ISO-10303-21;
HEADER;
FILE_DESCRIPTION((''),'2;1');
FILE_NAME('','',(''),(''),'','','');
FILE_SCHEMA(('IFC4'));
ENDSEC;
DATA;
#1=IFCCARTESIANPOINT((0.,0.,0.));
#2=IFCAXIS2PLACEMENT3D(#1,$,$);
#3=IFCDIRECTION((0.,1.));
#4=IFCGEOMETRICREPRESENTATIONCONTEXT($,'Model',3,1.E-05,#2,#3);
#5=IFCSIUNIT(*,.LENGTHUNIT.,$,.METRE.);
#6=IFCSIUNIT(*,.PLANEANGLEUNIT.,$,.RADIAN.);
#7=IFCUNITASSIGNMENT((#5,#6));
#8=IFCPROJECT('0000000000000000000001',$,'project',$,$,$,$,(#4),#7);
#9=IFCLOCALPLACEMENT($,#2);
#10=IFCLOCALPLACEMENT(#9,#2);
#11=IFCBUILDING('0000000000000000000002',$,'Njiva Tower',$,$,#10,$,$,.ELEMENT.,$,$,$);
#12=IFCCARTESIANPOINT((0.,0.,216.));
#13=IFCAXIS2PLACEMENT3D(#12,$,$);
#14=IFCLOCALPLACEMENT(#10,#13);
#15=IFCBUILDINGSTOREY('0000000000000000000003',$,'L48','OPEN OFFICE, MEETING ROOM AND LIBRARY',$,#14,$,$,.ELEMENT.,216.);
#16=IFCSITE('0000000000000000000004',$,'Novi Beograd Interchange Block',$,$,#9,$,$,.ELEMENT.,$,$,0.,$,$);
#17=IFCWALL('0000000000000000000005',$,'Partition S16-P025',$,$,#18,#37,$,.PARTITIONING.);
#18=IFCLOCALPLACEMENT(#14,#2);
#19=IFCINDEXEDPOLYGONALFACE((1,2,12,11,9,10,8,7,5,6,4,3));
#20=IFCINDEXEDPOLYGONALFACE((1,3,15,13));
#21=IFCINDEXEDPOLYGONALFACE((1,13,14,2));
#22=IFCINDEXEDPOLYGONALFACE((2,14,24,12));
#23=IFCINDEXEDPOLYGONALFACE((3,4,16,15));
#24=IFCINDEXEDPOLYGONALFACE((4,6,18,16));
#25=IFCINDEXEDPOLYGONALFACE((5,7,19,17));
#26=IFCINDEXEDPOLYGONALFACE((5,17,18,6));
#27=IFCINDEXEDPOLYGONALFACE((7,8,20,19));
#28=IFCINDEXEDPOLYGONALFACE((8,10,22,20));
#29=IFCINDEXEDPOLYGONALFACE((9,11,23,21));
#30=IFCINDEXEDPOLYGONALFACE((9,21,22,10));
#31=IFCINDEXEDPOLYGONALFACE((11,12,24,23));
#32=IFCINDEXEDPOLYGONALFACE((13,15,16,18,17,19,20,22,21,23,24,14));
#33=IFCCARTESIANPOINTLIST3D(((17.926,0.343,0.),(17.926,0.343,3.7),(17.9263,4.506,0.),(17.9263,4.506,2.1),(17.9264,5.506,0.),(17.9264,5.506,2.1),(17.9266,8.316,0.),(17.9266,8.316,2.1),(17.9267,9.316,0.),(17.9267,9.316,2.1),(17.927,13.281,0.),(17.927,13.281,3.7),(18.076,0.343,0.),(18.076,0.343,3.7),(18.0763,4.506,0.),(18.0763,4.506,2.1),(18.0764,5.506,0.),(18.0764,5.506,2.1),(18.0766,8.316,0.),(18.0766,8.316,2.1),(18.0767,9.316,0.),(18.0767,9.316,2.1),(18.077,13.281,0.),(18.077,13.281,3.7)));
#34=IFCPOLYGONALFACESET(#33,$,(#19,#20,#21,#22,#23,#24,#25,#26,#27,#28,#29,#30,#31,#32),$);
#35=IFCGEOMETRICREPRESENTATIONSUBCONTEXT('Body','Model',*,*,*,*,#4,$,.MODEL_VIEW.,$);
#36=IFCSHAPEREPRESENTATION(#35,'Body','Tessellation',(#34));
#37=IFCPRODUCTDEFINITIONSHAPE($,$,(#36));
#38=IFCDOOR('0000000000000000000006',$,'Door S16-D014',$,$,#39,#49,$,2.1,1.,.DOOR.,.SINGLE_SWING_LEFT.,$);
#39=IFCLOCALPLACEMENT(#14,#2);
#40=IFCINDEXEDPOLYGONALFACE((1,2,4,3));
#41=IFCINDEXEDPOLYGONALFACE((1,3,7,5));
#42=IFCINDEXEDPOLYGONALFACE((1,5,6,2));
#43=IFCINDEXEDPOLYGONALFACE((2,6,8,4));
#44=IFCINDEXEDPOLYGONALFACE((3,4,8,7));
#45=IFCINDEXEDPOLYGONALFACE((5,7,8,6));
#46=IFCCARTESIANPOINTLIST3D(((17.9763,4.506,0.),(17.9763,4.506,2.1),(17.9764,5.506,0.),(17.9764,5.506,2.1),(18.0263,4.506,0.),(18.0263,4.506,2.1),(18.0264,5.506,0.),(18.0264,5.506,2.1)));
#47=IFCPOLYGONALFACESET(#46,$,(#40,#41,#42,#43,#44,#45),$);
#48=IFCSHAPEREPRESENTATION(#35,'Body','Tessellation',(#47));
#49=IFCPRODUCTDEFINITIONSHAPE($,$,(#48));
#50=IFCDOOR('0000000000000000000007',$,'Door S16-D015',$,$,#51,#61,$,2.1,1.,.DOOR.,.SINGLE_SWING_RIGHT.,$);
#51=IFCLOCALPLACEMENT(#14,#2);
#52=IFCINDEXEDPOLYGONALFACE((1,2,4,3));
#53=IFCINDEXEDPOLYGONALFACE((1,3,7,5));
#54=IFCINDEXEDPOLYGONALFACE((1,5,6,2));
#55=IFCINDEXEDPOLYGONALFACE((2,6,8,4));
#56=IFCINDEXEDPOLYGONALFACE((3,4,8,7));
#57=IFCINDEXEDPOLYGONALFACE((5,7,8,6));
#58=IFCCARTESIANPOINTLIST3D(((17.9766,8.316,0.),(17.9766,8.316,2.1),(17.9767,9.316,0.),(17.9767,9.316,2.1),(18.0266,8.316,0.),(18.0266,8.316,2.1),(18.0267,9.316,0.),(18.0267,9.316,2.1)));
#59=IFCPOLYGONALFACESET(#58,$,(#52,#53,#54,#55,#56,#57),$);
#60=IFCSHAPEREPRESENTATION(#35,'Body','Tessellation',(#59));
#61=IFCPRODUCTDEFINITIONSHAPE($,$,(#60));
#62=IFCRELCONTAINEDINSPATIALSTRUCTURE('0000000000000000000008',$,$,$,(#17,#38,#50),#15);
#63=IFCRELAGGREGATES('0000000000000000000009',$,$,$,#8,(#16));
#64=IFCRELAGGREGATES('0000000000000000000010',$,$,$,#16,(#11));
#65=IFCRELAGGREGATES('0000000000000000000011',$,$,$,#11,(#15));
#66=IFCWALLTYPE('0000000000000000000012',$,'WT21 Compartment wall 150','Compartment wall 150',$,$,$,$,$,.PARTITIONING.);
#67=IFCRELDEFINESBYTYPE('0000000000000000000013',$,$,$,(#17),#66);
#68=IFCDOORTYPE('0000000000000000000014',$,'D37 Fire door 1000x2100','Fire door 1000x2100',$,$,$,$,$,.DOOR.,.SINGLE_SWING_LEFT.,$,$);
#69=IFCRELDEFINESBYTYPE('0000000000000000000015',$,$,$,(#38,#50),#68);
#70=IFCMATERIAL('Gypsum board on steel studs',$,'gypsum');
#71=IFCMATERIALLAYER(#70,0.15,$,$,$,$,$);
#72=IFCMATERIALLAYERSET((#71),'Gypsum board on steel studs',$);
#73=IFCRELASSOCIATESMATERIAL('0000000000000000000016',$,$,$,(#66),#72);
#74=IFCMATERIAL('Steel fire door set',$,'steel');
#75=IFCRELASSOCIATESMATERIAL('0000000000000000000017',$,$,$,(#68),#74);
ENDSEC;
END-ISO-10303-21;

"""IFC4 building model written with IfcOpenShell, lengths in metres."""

from ifc_helpers import new_model, si_unit, direction, frame, frame_2d, origin, place, context, subcontext, project, spatial, rectangle, extrude, material, layer, layer_set, type_object, element, fill, save


model = new_model("IFC4")

# Units and contexts
model_context = context("Model", 3, precision=1e-05, world=origin(), true_north=direction((0.0, 1.0)))
body_context = subcontext(model_context, "Body", "Model", "MODEL_VIEW")
ifc_project = project(units=[si_unit("LENGTHUNIT", "METRE"), si_unit("PLANEANGLEUNIT", "RADIAN")], contexts=[model_context])

# Site, building, storey
site_placement = place(None, origin())
site = spatial("IfcSite", under=ifc_project, at=site_placement, Name="Novi Beograd Interchange Block", CompositionType="ELEMENT", RefElevation=0.0)
building_placement = place(site_placement, origin())
building = spatial("IfcBuilding", under=site, at=building_placement, Name="Njiva Tower", CompositionType="ELEMENT")
storey_placement = place(building_placement, frame((0.0, 0.0, 216.0)))
storey = spatial("IfcBuildingStorey", under=building, at=storey_placement, Name="L48", Description="OPEN OFFICE, MEETING ROOM AND LIBRARY", CompositionType="ELEMENT", Elevation=216.0)

# Shared definitions
ifc_material_1 = material(Name="Gypsum board on steel studs", Category="gypsum")
ifc_layer = layer(ifc_material_1, 0.15)
ifc_layer_set = layer_set([ifc_layer], Name="Gypsum board on steel studs")
wall_type = type_object("IfcWallType", Name="WT21 Compartment wall 150", Description="Compartment wall 150", PredefinedType="PARTITIONING", material=ifc_layer_set)
ifc_material_2 = material(Name="Steel fire door set", Category="steel")
door_type = type_object("IfcDoorType", Name="D37 Fire door 1000x2100", Description="Fire door 1000x2100", OperationType="SINGLE_SWING_LEFT", PredefinedType="DOOR", material=ifc_material_2)

# Wall, openings, doors
wall_1_placement = place(storey_placement, frame((18.001, 0.343, 0.0), z_axis=(0.0, 0.0, 1.0), x_axis=(0.000077, 1.0, 0.0)))
wall_1 = element("IfcWall", 1, at=wall_1_placement, inside=storey, type_object=wall_type, Name="Partition S16-P025", PredefinedType="PARTITIONING", context=body_context, shape_type="SweptSolid", body=[
    extrude(rectangle(XDim=12.938, YDim=0.15, at=frame_2d((6.469, 0.0))), origin(), (0.0, 0.0, 1.0), 3.7),
])
opening_1_placement = place(wall_1_placement, frame((4.163, 0.0, 0.0)))
opening_1 = element("IfcOpeningElement", 2, at=opening_1_placement, cuts=wall_1, PredefinedType="OPENING", context=body_context, shape_type="SweptSolid", body=[
    extrude(rectangle(XDim=1.0, YDim=2.1, at=frame_2d((0.5, 1.05))), frame((0.0, 0.085, 0.0), z_axis=(0.0, -1.0, 0.0), x_axis=(1.0, 0.0, 0.0)), (0.0, 0.0, 1.0), 0.17),
])
opening_2_placement = place(wall_1_placement, frame((7.973, 0.0, 0.0)))
opening_2 = element("IfcOpeningElement", 3, at=opening_2_placement, cuts=wall_1, PredefinedType="OPENING", context=body_context, shape_type="SweptSolid", body=[
    extrude(rectangle(XDim=1.0, YDim=2.1, at=frame_2d((0.5, 1.05))), frame((0.0, 0.085, 0.0), z_axis=(0.0, -1.0, 0.0), x_axis=(1.0, 0.0, 0.0)), (0.0, 0.0, 1.0), 0.17),
])
door_1_placement = place(opening_1_placement, origin())
door_1 = element("IfcDoor", 4, at=door_1_placement, inside=storey, type_object=door_type, Name="Door S16-D014", OperationType="SINGLE_SWING_LEFT", OverallHeight=2.1, OverallWidth=1.0, PredefinedType="DOOR", context=body_context, shape_type="SweptSolid", body=[
    extrude(rectangle(XDim=1.0, YDim=2.1, at=frame_2d((0.5, 1.05))), frame((0.0, 0.025, 0.0), z_axis=(0.0, -1.0, 0.0), x_axis=(1.0, 0.0, 0.0)), (0.0, 0.0, 1.0), 0.05),
])
fill(opening_1, door_1)
door_2_placement = place(opening_2_placement, origin())
door_2 = element("IfcDoor", 5, at=door_2_placement, inside=storey, type_object=door_type, Name="Door S16-D015", OperationType="SINGLE_SWING_RIGHT", OverallHeight=2.1, OverallWidth=1.0, PredefinedType="DOOR", context=body_context, shape_type="SweptSolid", body=[
    extrude(rectangle(XDim=1.0, YDim=2.1, at=frame_2d((0.5, 1.05))), frame((0.0, 0.025, 0.0), z_axis=(0.0, -1.0, 0.0), x_axis=(1.0, 0.0, 0.0)), (0.0, 0.0, 1.0), 0.05),
])
fill(opening_2, door_2)

save(model, "model.ifc")
